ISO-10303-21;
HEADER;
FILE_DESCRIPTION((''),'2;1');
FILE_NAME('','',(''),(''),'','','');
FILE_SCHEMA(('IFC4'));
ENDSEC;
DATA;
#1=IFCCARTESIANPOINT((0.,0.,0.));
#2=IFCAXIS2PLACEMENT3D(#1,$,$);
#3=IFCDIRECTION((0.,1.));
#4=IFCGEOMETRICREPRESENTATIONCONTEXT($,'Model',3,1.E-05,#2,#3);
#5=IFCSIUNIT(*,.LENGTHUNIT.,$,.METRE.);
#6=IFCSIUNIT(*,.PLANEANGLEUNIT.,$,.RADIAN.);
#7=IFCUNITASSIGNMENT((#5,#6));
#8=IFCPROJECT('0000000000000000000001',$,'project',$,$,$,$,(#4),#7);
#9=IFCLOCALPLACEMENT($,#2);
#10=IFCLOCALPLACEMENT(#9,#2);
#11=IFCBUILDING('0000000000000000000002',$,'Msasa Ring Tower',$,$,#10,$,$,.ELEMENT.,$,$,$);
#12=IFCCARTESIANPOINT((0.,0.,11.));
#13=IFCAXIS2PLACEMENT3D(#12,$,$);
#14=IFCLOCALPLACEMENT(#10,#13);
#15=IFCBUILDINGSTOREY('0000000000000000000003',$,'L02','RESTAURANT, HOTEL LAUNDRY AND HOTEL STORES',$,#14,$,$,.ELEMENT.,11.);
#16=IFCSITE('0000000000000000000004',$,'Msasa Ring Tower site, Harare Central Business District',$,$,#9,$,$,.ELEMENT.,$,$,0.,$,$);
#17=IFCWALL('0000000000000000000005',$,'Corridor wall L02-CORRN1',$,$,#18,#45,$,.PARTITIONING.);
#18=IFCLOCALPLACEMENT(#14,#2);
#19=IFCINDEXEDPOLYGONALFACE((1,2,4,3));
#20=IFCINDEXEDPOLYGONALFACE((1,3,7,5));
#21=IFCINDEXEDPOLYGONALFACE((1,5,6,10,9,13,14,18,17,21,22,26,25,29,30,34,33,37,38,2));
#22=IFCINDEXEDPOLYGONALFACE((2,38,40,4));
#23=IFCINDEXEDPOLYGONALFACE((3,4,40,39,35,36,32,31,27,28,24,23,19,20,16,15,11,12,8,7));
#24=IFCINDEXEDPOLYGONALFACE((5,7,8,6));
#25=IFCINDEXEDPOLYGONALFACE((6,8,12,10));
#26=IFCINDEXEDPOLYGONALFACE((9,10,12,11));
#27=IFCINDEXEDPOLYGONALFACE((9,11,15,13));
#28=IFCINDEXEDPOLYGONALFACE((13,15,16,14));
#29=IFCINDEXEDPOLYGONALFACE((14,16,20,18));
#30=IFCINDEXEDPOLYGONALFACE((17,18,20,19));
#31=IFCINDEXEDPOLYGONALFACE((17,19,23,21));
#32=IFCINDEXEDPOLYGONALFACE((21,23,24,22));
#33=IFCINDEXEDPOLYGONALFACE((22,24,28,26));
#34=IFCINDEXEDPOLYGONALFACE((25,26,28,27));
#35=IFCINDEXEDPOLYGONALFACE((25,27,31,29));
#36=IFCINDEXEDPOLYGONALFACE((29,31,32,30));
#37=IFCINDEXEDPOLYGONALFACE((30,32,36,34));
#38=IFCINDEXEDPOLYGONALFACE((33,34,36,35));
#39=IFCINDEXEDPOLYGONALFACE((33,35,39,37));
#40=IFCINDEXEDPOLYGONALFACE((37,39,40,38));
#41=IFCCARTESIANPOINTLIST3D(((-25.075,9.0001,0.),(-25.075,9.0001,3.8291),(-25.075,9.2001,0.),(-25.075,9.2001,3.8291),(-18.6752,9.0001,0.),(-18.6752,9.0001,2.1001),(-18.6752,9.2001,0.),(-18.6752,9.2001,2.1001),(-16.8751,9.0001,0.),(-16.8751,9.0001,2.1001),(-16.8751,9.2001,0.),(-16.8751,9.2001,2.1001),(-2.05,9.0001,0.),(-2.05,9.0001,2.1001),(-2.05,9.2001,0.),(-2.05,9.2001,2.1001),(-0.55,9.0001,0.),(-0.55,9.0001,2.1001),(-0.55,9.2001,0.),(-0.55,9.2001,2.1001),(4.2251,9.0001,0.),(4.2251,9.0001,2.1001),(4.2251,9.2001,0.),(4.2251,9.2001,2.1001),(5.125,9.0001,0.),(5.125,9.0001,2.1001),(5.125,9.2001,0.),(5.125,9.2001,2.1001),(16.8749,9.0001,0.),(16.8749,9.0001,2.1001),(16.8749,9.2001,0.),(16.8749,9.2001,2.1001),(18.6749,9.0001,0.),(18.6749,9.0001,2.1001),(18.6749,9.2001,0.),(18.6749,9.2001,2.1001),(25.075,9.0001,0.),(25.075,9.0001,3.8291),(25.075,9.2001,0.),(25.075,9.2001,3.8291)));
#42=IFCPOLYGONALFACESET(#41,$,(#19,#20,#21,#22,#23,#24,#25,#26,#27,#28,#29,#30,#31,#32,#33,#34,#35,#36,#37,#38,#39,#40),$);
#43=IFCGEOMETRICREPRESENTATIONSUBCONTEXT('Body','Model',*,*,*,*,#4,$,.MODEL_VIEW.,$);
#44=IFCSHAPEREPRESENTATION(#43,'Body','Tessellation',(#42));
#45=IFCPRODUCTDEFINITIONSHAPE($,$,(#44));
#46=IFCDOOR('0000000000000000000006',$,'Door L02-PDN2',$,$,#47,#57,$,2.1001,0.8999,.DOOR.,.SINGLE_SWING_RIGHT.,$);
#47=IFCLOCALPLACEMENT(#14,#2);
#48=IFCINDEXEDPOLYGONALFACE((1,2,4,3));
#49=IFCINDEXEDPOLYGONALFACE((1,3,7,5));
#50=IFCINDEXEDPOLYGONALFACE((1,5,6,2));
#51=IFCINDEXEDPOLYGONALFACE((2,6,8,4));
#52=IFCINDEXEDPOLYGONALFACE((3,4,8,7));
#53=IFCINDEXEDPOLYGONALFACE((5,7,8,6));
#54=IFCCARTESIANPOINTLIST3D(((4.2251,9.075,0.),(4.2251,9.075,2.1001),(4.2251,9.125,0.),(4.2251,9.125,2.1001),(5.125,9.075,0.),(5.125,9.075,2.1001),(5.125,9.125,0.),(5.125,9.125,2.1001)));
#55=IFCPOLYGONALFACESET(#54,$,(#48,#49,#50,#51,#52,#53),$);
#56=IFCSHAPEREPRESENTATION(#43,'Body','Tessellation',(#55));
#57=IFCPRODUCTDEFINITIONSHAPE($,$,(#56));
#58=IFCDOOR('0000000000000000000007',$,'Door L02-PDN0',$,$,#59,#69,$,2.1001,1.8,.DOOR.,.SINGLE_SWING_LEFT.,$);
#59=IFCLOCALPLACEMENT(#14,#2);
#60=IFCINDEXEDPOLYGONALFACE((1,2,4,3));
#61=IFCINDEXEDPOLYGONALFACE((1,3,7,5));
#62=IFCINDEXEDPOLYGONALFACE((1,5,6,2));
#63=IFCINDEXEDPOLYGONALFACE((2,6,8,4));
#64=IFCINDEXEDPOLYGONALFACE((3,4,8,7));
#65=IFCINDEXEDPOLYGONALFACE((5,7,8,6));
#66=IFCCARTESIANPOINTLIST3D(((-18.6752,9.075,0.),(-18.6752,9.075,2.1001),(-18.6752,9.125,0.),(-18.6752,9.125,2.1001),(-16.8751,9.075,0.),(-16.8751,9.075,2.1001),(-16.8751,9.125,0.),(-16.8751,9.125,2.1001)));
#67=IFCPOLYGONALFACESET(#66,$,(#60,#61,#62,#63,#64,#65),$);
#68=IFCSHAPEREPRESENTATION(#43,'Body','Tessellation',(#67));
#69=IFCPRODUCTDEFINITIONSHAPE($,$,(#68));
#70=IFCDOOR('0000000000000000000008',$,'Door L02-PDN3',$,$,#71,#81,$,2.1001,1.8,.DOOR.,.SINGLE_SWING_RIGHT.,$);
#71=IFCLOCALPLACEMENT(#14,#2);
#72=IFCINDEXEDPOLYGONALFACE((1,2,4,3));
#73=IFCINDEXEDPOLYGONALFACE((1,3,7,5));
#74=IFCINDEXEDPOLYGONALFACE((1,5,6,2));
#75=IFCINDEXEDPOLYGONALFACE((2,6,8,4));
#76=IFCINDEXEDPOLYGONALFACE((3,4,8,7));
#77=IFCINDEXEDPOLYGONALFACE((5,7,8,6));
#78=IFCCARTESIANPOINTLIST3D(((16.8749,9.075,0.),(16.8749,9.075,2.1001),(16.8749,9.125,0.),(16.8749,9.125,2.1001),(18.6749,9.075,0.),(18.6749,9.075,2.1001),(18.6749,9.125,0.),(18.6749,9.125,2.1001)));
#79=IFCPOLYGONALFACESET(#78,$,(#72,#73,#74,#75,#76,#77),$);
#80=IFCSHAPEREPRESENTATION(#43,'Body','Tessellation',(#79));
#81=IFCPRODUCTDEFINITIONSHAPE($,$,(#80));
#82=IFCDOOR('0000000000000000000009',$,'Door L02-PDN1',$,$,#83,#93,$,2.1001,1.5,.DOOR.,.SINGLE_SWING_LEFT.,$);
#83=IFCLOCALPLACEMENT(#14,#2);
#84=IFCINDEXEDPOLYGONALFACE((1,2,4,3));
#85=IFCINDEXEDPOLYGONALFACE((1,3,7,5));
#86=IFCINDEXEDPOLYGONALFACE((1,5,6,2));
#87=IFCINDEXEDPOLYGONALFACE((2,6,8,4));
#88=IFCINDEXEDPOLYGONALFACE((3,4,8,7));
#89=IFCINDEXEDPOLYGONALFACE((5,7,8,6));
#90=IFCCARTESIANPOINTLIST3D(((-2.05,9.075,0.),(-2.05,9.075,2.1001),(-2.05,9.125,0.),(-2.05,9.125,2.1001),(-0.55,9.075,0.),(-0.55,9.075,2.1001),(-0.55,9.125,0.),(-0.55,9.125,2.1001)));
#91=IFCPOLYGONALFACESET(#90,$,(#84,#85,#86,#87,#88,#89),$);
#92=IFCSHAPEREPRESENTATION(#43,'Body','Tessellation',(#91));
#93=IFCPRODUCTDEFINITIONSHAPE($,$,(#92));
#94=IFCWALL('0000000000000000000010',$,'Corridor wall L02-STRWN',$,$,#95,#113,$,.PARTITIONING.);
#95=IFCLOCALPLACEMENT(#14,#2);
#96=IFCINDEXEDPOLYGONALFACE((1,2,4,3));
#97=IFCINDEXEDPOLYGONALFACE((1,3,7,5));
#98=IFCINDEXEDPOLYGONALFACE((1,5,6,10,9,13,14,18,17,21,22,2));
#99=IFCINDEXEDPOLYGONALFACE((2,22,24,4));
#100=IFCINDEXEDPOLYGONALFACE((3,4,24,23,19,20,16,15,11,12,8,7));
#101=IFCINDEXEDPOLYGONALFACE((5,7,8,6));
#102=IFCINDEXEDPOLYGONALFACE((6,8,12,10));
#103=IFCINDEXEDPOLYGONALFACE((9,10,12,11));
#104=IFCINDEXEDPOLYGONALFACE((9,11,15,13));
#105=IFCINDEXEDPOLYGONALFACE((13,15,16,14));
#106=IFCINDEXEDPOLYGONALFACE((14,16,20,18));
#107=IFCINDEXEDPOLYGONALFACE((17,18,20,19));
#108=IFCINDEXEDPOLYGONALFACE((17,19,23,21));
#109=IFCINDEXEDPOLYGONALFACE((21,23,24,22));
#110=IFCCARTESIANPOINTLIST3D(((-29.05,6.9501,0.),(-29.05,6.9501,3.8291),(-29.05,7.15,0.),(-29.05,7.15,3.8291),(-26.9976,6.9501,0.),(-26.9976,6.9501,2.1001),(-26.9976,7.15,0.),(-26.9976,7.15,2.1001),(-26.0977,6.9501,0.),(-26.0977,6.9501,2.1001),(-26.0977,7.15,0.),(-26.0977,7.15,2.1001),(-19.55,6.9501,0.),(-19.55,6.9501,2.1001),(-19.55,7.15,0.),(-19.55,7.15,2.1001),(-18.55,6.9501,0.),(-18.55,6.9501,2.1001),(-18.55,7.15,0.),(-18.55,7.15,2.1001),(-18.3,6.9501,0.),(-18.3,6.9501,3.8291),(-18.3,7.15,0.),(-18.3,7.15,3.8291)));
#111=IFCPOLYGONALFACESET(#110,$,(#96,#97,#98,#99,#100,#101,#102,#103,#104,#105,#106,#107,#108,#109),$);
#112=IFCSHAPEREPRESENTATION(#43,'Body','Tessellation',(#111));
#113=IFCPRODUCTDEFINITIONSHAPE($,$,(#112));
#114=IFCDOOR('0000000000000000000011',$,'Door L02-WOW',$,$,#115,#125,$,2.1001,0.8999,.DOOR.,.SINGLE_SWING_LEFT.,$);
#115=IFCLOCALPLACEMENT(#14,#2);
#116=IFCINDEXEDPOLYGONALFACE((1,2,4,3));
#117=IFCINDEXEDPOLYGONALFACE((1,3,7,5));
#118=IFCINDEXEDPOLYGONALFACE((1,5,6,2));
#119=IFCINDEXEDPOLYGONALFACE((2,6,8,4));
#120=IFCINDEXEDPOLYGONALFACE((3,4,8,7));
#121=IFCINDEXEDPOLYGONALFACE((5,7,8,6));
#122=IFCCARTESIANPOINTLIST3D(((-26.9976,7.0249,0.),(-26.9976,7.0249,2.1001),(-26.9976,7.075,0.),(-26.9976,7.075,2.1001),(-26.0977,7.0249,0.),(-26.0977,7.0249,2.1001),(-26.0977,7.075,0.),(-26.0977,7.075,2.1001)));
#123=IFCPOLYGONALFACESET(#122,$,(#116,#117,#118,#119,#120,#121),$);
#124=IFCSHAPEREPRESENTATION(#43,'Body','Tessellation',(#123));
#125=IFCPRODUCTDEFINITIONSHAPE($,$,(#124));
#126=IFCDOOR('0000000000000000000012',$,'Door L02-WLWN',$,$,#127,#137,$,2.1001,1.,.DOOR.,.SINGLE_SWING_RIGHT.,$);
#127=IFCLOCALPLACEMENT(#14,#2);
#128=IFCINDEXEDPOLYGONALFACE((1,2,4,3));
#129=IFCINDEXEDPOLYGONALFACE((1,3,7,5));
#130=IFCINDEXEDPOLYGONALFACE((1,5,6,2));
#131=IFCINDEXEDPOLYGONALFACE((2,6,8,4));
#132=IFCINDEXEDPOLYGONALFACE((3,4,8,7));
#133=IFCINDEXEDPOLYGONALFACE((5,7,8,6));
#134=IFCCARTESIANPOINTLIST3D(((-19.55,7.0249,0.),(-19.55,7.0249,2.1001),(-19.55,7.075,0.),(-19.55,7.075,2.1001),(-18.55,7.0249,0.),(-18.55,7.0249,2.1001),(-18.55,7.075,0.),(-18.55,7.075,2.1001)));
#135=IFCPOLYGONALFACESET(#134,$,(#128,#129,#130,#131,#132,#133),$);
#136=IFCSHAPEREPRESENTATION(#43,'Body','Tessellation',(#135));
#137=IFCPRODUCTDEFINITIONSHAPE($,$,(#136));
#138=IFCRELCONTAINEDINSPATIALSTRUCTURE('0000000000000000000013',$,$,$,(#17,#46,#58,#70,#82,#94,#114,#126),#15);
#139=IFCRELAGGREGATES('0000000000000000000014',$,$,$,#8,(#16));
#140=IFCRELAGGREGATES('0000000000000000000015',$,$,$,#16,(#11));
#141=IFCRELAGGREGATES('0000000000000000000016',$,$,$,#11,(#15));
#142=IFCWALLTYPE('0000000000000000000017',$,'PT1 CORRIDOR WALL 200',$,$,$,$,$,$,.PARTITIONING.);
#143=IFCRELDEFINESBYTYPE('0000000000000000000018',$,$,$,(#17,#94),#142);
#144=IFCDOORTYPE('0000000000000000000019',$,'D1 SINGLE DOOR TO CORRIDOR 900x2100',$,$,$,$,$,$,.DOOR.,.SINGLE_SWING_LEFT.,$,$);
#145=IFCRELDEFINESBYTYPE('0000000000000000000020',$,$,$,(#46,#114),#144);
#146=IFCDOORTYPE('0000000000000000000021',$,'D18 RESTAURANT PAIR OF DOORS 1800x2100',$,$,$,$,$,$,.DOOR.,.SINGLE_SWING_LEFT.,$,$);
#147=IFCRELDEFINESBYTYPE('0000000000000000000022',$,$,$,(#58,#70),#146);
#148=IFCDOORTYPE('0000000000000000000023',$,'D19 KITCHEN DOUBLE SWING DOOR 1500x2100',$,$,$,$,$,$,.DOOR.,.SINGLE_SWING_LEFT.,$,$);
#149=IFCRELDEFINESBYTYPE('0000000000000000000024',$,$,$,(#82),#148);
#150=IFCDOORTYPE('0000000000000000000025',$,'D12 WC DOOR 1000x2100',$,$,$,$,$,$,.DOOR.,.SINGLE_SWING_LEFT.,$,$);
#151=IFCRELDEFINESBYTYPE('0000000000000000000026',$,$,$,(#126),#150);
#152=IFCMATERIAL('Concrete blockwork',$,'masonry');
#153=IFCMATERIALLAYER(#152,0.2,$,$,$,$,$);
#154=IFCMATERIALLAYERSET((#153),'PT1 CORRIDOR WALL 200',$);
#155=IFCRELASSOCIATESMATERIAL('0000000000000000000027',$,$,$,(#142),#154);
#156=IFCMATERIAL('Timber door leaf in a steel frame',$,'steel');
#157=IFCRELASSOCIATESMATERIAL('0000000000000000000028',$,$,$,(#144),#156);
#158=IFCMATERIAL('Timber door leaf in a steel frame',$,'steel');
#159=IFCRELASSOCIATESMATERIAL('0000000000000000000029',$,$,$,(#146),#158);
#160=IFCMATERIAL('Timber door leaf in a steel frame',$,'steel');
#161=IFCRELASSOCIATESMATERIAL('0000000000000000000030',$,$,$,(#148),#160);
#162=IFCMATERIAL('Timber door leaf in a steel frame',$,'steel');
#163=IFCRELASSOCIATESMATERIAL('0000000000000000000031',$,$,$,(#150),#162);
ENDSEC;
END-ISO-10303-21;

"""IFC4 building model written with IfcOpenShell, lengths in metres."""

from ifc_helpers import new_model, si_unit, direction, frame, frame_2d, origin, place, context, subcontext, project, spatial, rectangle, extrude, material, layer, layer_set, type_object, element, fill, save


model = new_model("IFC4")

# Units and contexts
model_context = context("Model", 3, precision=1e-05, world=origin(), true_north=direction((0.0, 1.0)))
body_context = subcontext(model_context, "Body", "Model", "MODEL_VIEW")
ifc_project = project(units=[si_unit("LENGTHUNIT", "METRE"), si_unit("PLANEANGLEUNIT", "RADIAN")], contexts=[model_context])

# Site, building, storey
site_placement = place(None, origin())
site = spatial("IfcSite", under=ifc_project, at=site_placement, Name="Msasa Ring Tower site, Harare Central Business District", CompositionType="ELEMENT", RefElevation=0.0)
building_placement = place(site_placement, origin())
building = spatial("IfcBuilding", under=site, at=building_placement, Name="Msasa Ring Tower", CompositionType="ELEMENT")
storey_placement = place(building_placement, frame((0.0, 0.0, 11.0)))
storey = spatial("IfcBuildingStorey", under=building, at=storey_placement, Name="L02", Description="RESTAURANT, HOTEL LAUNDRY AND HOTEL STORES", CompositionType="ELEMENT", Elevation=11.0)

# Walls, openings, doors
ifc_material_1 = material(Name="Concrete blockwork", Category="masonry")
ifc_layer_1 = layer(ifc_material_1, 0.2)
ifc_layer_set_1 = layer_set([ifc_layer_1], Name="PT1 CORRIDOR WALL 200")
wall_type_1 = type_object("IfcWallType", Name="PT1 CORRIDOR WALL 200", PredefinedType="PARTITIONING", material=ifc_layer_set_1)
wall_1_placement = place(storey_placement, frame((-25.075, 9.1001, 0.0), z_axis=(0.0, 0.0, 1.0), x_axis=(1.0, 0.0, 0.0)))
wall_1 = element("IfcWall", 1, at=wall_1_placement, inside=storey, type_object=wall_type_1, Name="Corridor wall L02-CORRN1", PredefinedType="PARTITIONING", context=body_context, shape_type="SweptSolid", body=[
    extrude(rectangle(XDim=50.1499, YDim=0.2, at=frame_2d((25.075, 0.0))), origin(), (0.0, 0.0, 1.0), 3.8291),
])
opening_1_placement = place(wall_1_placement, frame((6.3999, 0.0, 0.0)))
opening_1 = element("IfcOpeningElement", 2, at=opening_1_placement, cuts=wall_1, PredefinedType="OPENING", context=body_context, shape_type="SweptSolid", body=[
    extrude(rectangle(XDim=1.8, YDim=2.1001, at=frame_2d((0.8999, 1.05))), frame((0.0, 0.1099, 0.0), z_axis=(0.0, -1.0, 0.0), x_axis=(1.0, 0.0, 0.0)), (0.0, 0.0, 1.0), 0.22),
])
opening_2_placement = place(wall_1_placement, frame((23.0249, 0.0, 0.0)))
opening_2 = element("IfcOpeningElement", 3, at=opening_2_placement, cuts=wall_1, PredefinedType="OPENING", context=body_context, shape_type="SweptSolid", body=[
    extrude(rectangle(XDim=1.5, YDim=2.1001, at=frame_2d((0.75, 1.05))), frame((0.0, 0.1099, 0.0), z_axis=(0.0, -1.0, 0.0), x_axis=(1.0, 0.0, 0.0)), (0.0, 0.0, 1.0), 0.22),
])
opening_3_placement = place(wall_1_placement, frame((29.3, 0.0, 0.0)))
opening_3 = element("IfcOpeningElement", 4, at=opening_3_placement, cuts=wall_1, PredefinedType="OPENING", context=body_context, shape_type="SweptSolid", body=[
    extrude(rectangle(XDim=0.8999, YDim=2.1001, at=frame_2d((0.45, 1.05))), frame((0.0, 0.1099, 0.0), z_axis=(0.0, -1.0, 0.0), x_axis=(1.0, 0.0, 0.0)), (0.0, 0.0, 1.0), 0.22),
])
opening_4_placement = place(wall_1_placement, frame((41.95, 0.0, 0.0)))
opening_4 = element("IfcOpeningElement", 5, at=opening_4_placement, cuts=wall_1, PredefinedType="OPENING", context=body_context, shape_type="SweptSolid", body=[
    extrude(rectangle(XDim=1.8, YDim=2.1001, at=frame_2d((0.8999, 1.05))), frame((0.0, 0.1099, 0.0), z_axis=(0.0, -1.0, 0.0), x_axis=(1.0, 0.0, 0.0)), (0.0, 0.0, 1.0), 0.22),
])
ifc_material_2 = material(Name="Timber door leaf in a steel frame", Category="steel")
door_type_1 = type_object("IfcDoorType", Name="D1 SINGLE DOOR TO CORRIDOR 900x2100", OperationType="SINGLE_SWING_LEFT", PredefinedType="DOOR", material=ifc_material_2)
door_1_placement = place(opening_3_placement, origin())
door_1 = element("IfcDoor", 6, at=door_1_placement, inside=storey, type_object=door_type_1, Name="Door L02-PDN2", OperationType="SINGLE_SWING_RIGHT", OverallHeight=2.1001, OverallWidth=0.8999, PredefinedType="DOOR", context=body_context, shape_type="SweptSolid", body=[
    extrude(rectangle(XDim=0.8999, YDim=2.1001, at=frame_2d((0.45, 1.05))), frame((0.0, 0.0249, 0.0), z_axis=(0.0, -1.0, 0.0), x_axis=(1.0, 0.0, 0.0)), (0.0, 0.0, 1.0), 0.05),
])
fill(opening_3, door_1)
ifc_material_3 = material(Name="Timber door leaf in a steel frame", Category="steel")
door_type_2 = type_object("IfcDoorType", Name="D18 RESTAURANT PAIR OF DOORS 1800x2100", OperationType="SINGLE_SWING_LEFT", PredefinedType="DOOR", material=ifc_material_3)
door_2_placement = place(opening_1_placement, origin())
door_2 = element("IfcDoor", 7, at=door_2_placement, inside=storey, type_object=door_type_2, Name="Door L02-PDN0", OperationType="SINGLE_SWING_LEFT", OverallHeight=2.1001, OverallWidth=1.8, PredefinedType="DOOR", context=body_context, shape_type="SweptSolid", body=[
    extrude(rectangle(XDim=1.8, YDim=2.1001, at=frame_2d((0.8999, 1.05))), frame((0.0, 0.0249, 0.0), z_axis=(0.0, -1.0, 0.0), x_axis=(1.0, 0.0, 0.0)), (0.0, 0.0, 1.0), 0.05),
])
fill(opening_1, door_2)
door_3_placement = place(opening_4_placement, origin())
door_3 = element("IfcDoor", 8, at=door_3_placement, inside=storey, type_object=door_type_2, Name="Door L02-PDN3", OperationType="SINGLE_SWING_RIGHT", OverallHeight=2.1001, OverallWidth=1.8, PredefinedType="DOOR", context=body_context, shape_type="SweptSolid", body=[
    extrude(rectangle(XDim=1.8, YDim=2.1001, at=frame_2d((0.8999, 1.05))), frame((0.0, 0.0249, 0.0), z_axis=(0.0, -1.0, 0.0), x_axis=(1.0, 0.0, 0.0)), (0.0, 0.0, 1.0), 0.05),
])
fill(opening_4, door_3)
ifc_material_4 = material(Name="Timber door leaf in a steel frame", Category="steel")
door_type_3 = type_object("IfcDoorType", Name="D19 KITCHEN DOUBLE SWING DOOR 1500x2100", OperationType="SINGLE_SWING_LEFT", PredefinedType="DOOR", material=ifc_material_4)
door_4_placement = place(opening_2_placement, origin())
door_4 = element("IfcDoor", 9, at=door_4_placement, inside=storey, type_object=door_type_3, Name="Door L02-PDN1", OperationType="SINGLE_SWING_LEFT", OverallHeight=2.1001, OverallWidth=1.5, PredefinedType="DOOR", context=body_context, shape_type="SweptSolid", body=[
    extrude(rectangle(XDim=1.5, YDim=2.1001, at=frame_2d((0.75, 1.05))), frame((0.0, 0.0249, 0.0), z_axis=(0.0, -1.0, 0.0), x_axis=(1.0, 0.0, 0.0)), (0.0, 0.0, 1.0), 0.05),
])
fill(opening_2, door_4)
wall_2_placement = place(storey_placement, frame((-29.05, 7.05, 0.0), z_axis=(0.0, 0.0, 1.0), x_axis=(1.0, 0.0, 0.0)))
wall_2 = element("IfcWall", 10, at=wall_2_placement, inside=storey, type_object=wall_type_1, Name="Corridor wall L02-STRWN", PredefinedType="PARTITIONING", context=body_context, shape_type="SweptSolid", body=[
    extrude(rectangle(XDim=10.75, YDim=0.2, at=frame_2d((5.375, 0.0))), origin(), (0.0, 0.0, 1.0), 3.8291),
])
opening_5_placement = place(wall_2_placement, frame((2.0525, 0.0, 0.0)))
opening_5 = element("IfcOpeningElement", 11, at=opening_5_placement, cuts=wall_2, PredefinedType="OPENING", context=body_context, shape_type="SweptSolid", body=[
    extrude(rectangle(XDim=0.8999, YDim=2.1001, at=frame_2d((0.45, 1.05))), frame((0.0, 0.1099, 0.0), z_axis=(0.0, -1.0, 0.0), x_axis=(1.0, 0.0, 0.0)), (0.0, 0.0, 1.0), 0.22),
])
opening_6_placement = place(wall_2_placement, frame((9.5, 0.0, 0.0)))
opening_6 = element("IfcOpeningElement", 12, at=opening_6_placement, cuts=wall_2, PredefinedType="OPENING", context=body_context, shape_type="SweptSolid", body=[
    extrude(rectangle(XDim=1.0, YDim=2.1001, at=frame_2d((0.5, 1.05))), frame((0.0, 0.1099, 0.0), z_axis=(0.0, -1.0, 0.0), x_axis=(1.0, 0.0, 0.0)), (0.0, 0.0, 1.0), 0.22),
])
door_5_placement = place(opening_5_placement, origin())
door_5 = element("IfcDoor", 13, at=door_5_placement, inside=storey, type_object=door_type_1, Name="Door L02-WOW", OperationType="SINGLE_SWING_LEFT", OverallHeight=2.1001, OverallWidth=0.8999, PredefinedType="DOOR", context=body_context, shape_type="SweptSolid", body=[
    extrude(rectangle(XDim=0.8999, YDim=2.1001, at=frame_2d((0.45, 1.05))), frame((0.0, 0.0249, 0.0), z_axis=(0.0, -1.0, 0.0), x_axis=(1.0, 0.0, 0.0)), (0.0, 0.0, 1.0), 0.05),
])
fill(opening_5, door_5)
ifc_material_5 = material(Name="Timber door leaf in a steel frame", Category="steel")
door_type_4 = type_object("IfcDoorType", Name="D12 WC DOOR 1000x2100", OperationType="SINGLE_SWING_LEFT", PredefinedType="DOOR", material=ifc_material_5)
door_6_placement = place(opening_6_placement, origin())
door_6 = element("IfcDoor", 14, at=door_6_placement, inside=storey, type_object=door_type_4, Name="Door L02-WLWN", OperationType="SINGLE_SWING_RIGHT", OverallHeight=2.1001, OverallWidth=1.0, PredefinedType="DOOR", context=body_context, shape_type="SweptSolid", body=[
    extrude(rectangle(XDim=1.0, YDim=2.1001, at=frame_2d((0.5, 1.05))), frame((0.0, 0.0249, 0.0), z_axis=(0.0, -1.0, 0.0), x_axis=(1.0, 0.0, 0.0)), (0.0, 0.0, 1.0), 0.05),
])
fill(opening_6, door_6)

save(model, "model.ifc")
